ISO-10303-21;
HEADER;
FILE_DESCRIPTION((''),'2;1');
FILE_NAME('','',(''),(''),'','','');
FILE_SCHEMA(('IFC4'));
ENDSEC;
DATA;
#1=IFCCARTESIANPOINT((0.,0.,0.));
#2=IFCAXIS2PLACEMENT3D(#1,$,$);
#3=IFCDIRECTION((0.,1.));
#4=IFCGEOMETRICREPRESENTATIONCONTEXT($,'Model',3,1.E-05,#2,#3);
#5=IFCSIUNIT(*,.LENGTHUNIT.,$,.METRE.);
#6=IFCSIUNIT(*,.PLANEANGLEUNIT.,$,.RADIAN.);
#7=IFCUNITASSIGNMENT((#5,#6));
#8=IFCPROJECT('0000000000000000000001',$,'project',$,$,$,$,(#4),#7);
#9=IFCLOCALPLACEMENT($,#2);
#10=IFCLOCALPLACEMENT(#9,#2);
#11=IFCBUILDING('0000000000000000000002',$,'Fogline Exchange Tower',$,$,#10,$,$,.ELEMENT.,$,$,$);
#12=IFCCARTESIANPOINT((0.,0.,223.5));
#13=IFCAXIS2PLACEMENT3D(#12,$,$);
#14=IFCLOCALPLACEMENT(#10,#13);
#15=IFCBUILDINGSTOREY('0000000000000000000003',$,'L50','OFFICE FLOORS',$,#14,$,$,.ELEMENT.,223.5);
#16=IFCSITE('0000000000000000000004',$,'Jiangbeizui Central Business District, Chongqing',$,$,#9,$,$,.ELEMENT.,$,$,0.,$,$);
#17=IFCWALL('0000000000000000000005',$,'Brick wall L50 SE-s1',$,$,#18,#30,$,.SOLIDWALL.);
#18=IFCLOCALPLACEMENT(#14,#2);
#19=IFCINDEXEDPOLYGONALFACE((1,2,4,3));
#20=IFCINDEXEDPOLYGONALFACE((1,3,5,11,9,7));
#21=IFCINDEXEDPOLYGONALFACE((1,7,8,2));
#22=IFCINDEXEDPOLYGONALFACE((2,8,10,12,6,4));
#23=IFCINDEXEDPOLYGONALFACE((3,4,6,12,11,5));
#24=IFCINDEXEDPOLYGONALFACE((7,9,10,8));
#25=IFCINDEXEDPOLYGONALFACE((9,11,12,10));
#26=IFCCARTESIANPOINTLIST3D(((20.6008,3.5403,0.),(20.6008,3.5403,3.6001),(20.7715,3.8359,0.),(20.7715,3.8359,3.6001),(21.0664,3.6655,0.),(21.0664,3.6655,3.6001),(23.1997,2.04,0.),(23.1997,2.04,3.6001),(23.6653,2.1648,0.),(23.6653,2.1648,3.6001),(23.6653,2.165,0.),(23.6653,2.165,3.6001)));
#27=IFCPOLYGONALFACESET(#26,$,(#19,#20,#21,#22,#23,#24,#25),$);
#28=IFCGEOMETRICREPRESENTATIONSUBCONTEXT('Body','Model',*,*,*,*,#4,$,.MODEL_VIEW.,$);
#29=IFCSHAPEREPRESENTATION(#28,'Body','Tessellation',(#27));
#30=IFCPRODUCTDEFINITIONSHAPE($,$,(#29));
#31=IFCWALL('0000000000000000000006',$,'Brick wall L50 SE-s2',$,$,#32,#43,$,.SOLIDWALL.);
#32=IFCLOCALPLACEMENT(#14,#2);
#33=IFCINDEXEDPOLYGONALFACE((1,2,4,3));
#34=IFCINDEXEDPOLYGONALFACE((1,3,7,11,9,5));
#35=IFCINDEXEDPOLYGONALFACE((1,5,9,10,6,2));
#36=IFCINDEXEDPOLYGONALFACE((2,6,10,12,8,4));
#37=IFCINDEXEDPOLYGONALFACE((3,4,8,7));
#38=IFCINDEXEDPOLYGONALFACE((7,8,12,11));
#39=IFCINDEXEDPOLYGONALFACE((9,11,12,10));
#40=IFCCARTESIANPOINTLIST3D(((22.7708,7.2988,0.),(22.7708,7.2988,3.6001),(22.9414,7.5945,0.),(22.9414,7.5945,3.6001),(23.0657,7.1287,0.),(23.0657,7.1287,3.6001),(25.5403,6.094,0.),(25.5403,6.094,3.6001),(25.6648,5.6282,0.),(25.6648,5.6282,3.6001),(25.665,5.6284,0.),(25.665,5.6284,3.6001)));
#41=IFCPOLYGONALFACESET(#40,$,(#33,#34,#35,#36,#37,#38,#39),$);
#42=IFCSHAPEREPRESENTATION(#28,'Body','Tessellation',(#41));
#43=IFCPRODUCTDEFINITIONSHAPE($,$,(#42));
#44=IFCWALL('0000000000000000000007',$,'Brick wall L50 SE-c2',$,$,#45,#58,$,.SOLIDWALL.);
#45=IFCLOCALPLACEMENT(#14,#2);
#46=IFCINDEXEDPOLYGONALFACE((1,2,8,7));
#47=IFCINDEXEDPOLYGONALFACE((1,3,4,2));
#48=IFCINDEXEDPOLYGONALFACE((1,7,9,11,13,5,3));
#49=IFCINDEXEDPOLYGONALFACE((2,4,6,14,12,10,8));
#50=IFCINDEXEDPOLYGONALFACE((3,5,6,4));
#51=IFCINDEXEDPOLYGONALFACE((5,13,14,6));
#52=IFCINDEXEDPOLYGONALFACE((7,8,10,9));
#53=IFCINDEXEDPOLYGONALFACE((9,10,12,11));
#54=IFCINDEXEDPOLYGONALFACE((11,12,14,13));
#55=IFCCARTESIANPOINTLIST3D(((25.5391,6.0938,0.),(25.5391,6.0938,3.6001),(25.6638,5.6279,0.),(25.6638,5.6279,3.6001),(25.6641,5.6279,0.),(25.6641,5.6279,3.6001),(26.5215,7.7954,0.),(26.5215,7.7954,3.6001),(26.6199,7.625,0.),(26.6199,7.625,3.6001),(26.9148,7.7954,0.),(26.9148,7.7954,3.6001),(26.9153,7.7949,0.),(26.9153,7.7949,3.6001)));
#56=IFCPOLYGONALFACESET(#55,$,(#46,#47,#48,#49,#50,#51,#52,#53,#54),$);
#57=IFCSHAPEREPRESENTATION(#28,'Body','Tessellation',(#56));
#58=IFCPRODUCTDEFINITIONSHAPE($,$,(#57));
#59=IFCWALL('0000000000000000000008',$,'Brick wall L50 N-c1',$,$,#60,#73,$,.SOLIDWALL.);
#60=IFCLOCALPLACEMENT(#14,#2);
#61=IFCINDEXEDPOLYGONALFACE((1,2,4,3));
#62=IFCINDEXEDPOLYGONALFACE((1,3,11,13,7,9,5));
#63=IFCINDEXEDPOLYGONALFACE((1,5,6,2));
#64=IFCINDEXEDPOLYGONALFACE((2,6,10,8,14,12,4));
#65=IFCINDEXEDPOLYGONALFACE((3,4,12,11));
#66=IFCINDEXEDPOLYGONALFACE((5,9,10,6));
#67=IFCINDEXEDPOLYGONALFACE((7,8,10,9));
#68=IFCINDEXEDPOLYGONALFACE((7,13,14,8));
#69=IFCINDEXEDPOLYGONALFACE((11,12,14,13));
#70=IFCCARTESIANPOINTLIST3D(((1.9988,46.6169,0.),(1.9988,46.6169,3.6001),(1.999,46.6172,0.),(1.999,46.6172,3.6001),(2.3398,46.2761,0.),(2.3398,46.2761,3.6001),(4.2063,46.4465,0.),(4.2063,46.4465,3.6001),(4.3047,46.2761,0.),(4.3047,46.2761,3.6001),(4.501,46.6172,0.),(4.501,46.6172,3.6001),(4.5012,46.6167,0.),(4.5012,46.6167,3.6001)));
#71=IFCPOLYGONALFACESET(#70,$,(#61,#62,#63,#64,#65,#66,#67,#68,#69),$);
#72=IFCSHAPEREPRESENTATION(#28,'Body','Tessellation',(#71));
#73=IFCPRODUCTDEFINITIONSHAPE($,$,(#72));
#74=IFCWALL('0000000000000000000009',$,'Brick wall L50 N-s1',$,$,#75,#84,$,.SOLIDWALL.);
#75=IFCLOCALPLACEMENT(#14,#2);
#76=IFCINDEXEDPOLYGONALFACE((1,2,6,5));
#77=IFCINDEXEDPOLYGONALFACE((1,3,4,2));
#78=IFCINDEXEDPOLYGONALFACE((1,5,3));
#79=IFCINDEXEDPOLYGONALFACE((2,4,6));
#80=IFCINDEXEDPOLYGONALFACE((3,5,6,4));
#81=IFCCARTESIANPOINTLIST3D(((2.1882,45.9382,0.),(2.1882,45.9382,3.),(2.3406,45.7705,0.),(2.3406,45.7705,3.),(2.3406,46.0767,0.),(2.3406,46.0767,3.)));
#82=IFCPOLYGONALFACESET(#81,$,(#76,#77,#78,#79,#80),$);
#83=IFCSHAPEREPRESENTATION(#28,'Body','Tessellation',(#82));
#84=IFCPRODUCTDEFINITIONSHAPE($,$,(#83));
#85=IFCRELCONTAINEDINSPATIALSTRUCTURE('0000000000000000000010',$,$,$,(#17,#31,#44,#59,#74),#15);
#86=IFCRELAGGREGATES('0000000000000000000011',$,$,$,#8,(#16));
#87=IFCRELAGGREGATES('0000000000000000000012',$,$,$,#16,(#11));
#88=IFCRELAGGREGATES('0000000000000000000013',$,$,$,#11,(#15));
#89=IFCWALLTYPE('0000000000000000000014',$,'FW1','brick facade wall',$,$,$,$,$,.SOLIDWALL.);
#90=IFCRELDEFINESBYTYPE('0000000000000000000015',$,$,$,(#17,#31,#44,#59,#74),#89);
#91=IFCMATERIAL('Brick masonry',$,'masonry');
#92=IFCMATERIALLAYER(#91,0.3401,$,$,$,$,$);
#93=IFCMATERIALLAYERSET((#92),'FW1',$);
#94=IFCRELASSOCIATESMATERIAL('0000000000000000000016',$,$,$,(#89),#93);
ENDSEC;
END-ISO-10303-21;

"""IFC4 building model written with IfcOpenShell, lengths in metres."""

from ifc_helpers import new_model, si_unit, direction, frame, origin, place, context, subcontext, project, spatial, polyline, outline, extrude, material, layer, layer_set, type_object, element, save


model = new_model("IFC4")

# Units and contexts
model_context = context("Model", 3, precision=1e-05, world=origin(), true_north=direction((0.0, 1.0)))
body_context = subcontext(model_context, "Body", "Model", "MODEL_VIEW")
ifc_project = project(units=[si_unit("LENGTHUNIT", "METRE"), si_unit("PLANEANGLEUNIT", "RADIAN")], contexts=[model_context])

# Site, building, storey
site_placement = place(None, origin())
site = spatial("IfcSite", under=ifc_project, at=site_placement, Name="Jiangbeizui Central Business District, Chongqing", CompositionType="ELEMENT", RefElevation=0.0)
building_placement = place(site_placement, origin())
building = spatial("IfcBuilding", under=site, at=building_placement, Name="Fogline Exchange Tower", CompositionType="ELEMENT")
storey_placement = place(building_placement, frame((0.0, 0.0, 223.5)))
storey = spatial("IfcBuildingStorey", under=building, at=storey_placement, Name="L50", Description="OFFICE FLOORS", CompositionType="ELEMENT", Elevation=223.5)

# Walls
ifc_material_1 = material(Name="Brick masonry", Category="masonry")
ifc_layer_1 = layer(ifc_material_1, 0.3401)
ifc_layer_set_1 = layer_set([ifc_layer_1], Name="FW1")
wall_type_1 = type_object("IfcWallType", Name="FW1", Description="brick facade wall", PredefinedType="SOLIDWALL", material=ifc_layer_set_1)
wall_1_placement = place(storey_placement, origin())
element("IfcWall", 1, at=wall_1_placement, inside=storey, type_object=wall_type_1, Name="Brick wall L50 SE-s1", PredefinedType="SOLIDWALL", context=body_context, shape_type="SweptSolid", body=[
    extrude(outline(polyline([(20.6008, 3.5403), (20.7715, 3.8359), (21.0664, 3.6655), (23.6653, 2.165), (23.6653, 2.1648), (23.1997, 2.04), (20.6008, 3.5403)])), origin(), (0.0, 0.0, 1.0), 3.6001),
])
wall_2_placement = place(storey_placement, origin())
element("IfcWall", 2, at=wall_2_placement, inside=storey, type_object=wall_type_1, Name="Brick wall L50 SE-s2", PredefinedType="SOLIDWALL", context=body_context, shape_type="SweptSolid", body=[
    extrude(outline(polyline([(25.6648, 5.6282), (23.0657, 7.1287), (22.7708, 7.2988), (22.9414, 7.5945), (25.5403, 6.094), (25.665, 5.6284), (25.6648, 5.6282)])), origin(), (0.0, 0.0, 1.0), 3.6001),
])
wall_3_placement = place(storey_placement, origin())
element("IfcWall", 3, at=wall_3_placement, inside=storey, type_object=wall_type_1, Name="Brick wall L50 SE-c2", PredefinedType="SOLIDWALL", context=body_context, shape_type="SweptSolid", body=[
    extrude(outline(polyline([(26.5215, 7.7954), (26.6199, 7.625), (26.9148, 7.7954), (26.9153, 7.7949), (25.6641, 5.6279), (25.6638, 5.6279), (25.5391, 6.0938), (26.5215, 7.7954)])), origin(), (0.0, 0.0, 1.0), 3.6001),
])
wall_4_placement = place(storey_placement, origin())
element("IfcWall", 4, at=wall_4_placement, inside=storey, type_object=wall_type_1, Name="Brick wall L50 N-c1", PredefinedType="SOLIDWALL", context=body_context, shape_type="SweptSolid", body=[
    extrude(outline(polyline([(1.999, 46.6172), (4.501, 46.6172), (4.5012, 46.6167), (4.2063, 46.4465), (4.3047, 46.2761), (2.3398, 46.2761), (1.9988, 46.6169), (1.999, 46.6172)])), origin(), (0.0, 0.0, 1.0), 3.6001),
])
wall_5_placement = place(storey_placement, origin())
element("IfcWall", 5, at=wall_5_placement, inside=storey, type_object=wall_type_1, Name="Brick wall L50 N-s1", PredefinedType="SOLIDWALL", context=body_context, shape_type="SweptSolid", body=[
    extrude(outline(polyline([(2.3406, 45.7705), (2.1882, 45.9382), (2.3406, 46.0767), (2.3406, 45.7705)])), origin(), (0.0, 0.0, 1.0), 3.0),
])

save(model, "model.ifc")
